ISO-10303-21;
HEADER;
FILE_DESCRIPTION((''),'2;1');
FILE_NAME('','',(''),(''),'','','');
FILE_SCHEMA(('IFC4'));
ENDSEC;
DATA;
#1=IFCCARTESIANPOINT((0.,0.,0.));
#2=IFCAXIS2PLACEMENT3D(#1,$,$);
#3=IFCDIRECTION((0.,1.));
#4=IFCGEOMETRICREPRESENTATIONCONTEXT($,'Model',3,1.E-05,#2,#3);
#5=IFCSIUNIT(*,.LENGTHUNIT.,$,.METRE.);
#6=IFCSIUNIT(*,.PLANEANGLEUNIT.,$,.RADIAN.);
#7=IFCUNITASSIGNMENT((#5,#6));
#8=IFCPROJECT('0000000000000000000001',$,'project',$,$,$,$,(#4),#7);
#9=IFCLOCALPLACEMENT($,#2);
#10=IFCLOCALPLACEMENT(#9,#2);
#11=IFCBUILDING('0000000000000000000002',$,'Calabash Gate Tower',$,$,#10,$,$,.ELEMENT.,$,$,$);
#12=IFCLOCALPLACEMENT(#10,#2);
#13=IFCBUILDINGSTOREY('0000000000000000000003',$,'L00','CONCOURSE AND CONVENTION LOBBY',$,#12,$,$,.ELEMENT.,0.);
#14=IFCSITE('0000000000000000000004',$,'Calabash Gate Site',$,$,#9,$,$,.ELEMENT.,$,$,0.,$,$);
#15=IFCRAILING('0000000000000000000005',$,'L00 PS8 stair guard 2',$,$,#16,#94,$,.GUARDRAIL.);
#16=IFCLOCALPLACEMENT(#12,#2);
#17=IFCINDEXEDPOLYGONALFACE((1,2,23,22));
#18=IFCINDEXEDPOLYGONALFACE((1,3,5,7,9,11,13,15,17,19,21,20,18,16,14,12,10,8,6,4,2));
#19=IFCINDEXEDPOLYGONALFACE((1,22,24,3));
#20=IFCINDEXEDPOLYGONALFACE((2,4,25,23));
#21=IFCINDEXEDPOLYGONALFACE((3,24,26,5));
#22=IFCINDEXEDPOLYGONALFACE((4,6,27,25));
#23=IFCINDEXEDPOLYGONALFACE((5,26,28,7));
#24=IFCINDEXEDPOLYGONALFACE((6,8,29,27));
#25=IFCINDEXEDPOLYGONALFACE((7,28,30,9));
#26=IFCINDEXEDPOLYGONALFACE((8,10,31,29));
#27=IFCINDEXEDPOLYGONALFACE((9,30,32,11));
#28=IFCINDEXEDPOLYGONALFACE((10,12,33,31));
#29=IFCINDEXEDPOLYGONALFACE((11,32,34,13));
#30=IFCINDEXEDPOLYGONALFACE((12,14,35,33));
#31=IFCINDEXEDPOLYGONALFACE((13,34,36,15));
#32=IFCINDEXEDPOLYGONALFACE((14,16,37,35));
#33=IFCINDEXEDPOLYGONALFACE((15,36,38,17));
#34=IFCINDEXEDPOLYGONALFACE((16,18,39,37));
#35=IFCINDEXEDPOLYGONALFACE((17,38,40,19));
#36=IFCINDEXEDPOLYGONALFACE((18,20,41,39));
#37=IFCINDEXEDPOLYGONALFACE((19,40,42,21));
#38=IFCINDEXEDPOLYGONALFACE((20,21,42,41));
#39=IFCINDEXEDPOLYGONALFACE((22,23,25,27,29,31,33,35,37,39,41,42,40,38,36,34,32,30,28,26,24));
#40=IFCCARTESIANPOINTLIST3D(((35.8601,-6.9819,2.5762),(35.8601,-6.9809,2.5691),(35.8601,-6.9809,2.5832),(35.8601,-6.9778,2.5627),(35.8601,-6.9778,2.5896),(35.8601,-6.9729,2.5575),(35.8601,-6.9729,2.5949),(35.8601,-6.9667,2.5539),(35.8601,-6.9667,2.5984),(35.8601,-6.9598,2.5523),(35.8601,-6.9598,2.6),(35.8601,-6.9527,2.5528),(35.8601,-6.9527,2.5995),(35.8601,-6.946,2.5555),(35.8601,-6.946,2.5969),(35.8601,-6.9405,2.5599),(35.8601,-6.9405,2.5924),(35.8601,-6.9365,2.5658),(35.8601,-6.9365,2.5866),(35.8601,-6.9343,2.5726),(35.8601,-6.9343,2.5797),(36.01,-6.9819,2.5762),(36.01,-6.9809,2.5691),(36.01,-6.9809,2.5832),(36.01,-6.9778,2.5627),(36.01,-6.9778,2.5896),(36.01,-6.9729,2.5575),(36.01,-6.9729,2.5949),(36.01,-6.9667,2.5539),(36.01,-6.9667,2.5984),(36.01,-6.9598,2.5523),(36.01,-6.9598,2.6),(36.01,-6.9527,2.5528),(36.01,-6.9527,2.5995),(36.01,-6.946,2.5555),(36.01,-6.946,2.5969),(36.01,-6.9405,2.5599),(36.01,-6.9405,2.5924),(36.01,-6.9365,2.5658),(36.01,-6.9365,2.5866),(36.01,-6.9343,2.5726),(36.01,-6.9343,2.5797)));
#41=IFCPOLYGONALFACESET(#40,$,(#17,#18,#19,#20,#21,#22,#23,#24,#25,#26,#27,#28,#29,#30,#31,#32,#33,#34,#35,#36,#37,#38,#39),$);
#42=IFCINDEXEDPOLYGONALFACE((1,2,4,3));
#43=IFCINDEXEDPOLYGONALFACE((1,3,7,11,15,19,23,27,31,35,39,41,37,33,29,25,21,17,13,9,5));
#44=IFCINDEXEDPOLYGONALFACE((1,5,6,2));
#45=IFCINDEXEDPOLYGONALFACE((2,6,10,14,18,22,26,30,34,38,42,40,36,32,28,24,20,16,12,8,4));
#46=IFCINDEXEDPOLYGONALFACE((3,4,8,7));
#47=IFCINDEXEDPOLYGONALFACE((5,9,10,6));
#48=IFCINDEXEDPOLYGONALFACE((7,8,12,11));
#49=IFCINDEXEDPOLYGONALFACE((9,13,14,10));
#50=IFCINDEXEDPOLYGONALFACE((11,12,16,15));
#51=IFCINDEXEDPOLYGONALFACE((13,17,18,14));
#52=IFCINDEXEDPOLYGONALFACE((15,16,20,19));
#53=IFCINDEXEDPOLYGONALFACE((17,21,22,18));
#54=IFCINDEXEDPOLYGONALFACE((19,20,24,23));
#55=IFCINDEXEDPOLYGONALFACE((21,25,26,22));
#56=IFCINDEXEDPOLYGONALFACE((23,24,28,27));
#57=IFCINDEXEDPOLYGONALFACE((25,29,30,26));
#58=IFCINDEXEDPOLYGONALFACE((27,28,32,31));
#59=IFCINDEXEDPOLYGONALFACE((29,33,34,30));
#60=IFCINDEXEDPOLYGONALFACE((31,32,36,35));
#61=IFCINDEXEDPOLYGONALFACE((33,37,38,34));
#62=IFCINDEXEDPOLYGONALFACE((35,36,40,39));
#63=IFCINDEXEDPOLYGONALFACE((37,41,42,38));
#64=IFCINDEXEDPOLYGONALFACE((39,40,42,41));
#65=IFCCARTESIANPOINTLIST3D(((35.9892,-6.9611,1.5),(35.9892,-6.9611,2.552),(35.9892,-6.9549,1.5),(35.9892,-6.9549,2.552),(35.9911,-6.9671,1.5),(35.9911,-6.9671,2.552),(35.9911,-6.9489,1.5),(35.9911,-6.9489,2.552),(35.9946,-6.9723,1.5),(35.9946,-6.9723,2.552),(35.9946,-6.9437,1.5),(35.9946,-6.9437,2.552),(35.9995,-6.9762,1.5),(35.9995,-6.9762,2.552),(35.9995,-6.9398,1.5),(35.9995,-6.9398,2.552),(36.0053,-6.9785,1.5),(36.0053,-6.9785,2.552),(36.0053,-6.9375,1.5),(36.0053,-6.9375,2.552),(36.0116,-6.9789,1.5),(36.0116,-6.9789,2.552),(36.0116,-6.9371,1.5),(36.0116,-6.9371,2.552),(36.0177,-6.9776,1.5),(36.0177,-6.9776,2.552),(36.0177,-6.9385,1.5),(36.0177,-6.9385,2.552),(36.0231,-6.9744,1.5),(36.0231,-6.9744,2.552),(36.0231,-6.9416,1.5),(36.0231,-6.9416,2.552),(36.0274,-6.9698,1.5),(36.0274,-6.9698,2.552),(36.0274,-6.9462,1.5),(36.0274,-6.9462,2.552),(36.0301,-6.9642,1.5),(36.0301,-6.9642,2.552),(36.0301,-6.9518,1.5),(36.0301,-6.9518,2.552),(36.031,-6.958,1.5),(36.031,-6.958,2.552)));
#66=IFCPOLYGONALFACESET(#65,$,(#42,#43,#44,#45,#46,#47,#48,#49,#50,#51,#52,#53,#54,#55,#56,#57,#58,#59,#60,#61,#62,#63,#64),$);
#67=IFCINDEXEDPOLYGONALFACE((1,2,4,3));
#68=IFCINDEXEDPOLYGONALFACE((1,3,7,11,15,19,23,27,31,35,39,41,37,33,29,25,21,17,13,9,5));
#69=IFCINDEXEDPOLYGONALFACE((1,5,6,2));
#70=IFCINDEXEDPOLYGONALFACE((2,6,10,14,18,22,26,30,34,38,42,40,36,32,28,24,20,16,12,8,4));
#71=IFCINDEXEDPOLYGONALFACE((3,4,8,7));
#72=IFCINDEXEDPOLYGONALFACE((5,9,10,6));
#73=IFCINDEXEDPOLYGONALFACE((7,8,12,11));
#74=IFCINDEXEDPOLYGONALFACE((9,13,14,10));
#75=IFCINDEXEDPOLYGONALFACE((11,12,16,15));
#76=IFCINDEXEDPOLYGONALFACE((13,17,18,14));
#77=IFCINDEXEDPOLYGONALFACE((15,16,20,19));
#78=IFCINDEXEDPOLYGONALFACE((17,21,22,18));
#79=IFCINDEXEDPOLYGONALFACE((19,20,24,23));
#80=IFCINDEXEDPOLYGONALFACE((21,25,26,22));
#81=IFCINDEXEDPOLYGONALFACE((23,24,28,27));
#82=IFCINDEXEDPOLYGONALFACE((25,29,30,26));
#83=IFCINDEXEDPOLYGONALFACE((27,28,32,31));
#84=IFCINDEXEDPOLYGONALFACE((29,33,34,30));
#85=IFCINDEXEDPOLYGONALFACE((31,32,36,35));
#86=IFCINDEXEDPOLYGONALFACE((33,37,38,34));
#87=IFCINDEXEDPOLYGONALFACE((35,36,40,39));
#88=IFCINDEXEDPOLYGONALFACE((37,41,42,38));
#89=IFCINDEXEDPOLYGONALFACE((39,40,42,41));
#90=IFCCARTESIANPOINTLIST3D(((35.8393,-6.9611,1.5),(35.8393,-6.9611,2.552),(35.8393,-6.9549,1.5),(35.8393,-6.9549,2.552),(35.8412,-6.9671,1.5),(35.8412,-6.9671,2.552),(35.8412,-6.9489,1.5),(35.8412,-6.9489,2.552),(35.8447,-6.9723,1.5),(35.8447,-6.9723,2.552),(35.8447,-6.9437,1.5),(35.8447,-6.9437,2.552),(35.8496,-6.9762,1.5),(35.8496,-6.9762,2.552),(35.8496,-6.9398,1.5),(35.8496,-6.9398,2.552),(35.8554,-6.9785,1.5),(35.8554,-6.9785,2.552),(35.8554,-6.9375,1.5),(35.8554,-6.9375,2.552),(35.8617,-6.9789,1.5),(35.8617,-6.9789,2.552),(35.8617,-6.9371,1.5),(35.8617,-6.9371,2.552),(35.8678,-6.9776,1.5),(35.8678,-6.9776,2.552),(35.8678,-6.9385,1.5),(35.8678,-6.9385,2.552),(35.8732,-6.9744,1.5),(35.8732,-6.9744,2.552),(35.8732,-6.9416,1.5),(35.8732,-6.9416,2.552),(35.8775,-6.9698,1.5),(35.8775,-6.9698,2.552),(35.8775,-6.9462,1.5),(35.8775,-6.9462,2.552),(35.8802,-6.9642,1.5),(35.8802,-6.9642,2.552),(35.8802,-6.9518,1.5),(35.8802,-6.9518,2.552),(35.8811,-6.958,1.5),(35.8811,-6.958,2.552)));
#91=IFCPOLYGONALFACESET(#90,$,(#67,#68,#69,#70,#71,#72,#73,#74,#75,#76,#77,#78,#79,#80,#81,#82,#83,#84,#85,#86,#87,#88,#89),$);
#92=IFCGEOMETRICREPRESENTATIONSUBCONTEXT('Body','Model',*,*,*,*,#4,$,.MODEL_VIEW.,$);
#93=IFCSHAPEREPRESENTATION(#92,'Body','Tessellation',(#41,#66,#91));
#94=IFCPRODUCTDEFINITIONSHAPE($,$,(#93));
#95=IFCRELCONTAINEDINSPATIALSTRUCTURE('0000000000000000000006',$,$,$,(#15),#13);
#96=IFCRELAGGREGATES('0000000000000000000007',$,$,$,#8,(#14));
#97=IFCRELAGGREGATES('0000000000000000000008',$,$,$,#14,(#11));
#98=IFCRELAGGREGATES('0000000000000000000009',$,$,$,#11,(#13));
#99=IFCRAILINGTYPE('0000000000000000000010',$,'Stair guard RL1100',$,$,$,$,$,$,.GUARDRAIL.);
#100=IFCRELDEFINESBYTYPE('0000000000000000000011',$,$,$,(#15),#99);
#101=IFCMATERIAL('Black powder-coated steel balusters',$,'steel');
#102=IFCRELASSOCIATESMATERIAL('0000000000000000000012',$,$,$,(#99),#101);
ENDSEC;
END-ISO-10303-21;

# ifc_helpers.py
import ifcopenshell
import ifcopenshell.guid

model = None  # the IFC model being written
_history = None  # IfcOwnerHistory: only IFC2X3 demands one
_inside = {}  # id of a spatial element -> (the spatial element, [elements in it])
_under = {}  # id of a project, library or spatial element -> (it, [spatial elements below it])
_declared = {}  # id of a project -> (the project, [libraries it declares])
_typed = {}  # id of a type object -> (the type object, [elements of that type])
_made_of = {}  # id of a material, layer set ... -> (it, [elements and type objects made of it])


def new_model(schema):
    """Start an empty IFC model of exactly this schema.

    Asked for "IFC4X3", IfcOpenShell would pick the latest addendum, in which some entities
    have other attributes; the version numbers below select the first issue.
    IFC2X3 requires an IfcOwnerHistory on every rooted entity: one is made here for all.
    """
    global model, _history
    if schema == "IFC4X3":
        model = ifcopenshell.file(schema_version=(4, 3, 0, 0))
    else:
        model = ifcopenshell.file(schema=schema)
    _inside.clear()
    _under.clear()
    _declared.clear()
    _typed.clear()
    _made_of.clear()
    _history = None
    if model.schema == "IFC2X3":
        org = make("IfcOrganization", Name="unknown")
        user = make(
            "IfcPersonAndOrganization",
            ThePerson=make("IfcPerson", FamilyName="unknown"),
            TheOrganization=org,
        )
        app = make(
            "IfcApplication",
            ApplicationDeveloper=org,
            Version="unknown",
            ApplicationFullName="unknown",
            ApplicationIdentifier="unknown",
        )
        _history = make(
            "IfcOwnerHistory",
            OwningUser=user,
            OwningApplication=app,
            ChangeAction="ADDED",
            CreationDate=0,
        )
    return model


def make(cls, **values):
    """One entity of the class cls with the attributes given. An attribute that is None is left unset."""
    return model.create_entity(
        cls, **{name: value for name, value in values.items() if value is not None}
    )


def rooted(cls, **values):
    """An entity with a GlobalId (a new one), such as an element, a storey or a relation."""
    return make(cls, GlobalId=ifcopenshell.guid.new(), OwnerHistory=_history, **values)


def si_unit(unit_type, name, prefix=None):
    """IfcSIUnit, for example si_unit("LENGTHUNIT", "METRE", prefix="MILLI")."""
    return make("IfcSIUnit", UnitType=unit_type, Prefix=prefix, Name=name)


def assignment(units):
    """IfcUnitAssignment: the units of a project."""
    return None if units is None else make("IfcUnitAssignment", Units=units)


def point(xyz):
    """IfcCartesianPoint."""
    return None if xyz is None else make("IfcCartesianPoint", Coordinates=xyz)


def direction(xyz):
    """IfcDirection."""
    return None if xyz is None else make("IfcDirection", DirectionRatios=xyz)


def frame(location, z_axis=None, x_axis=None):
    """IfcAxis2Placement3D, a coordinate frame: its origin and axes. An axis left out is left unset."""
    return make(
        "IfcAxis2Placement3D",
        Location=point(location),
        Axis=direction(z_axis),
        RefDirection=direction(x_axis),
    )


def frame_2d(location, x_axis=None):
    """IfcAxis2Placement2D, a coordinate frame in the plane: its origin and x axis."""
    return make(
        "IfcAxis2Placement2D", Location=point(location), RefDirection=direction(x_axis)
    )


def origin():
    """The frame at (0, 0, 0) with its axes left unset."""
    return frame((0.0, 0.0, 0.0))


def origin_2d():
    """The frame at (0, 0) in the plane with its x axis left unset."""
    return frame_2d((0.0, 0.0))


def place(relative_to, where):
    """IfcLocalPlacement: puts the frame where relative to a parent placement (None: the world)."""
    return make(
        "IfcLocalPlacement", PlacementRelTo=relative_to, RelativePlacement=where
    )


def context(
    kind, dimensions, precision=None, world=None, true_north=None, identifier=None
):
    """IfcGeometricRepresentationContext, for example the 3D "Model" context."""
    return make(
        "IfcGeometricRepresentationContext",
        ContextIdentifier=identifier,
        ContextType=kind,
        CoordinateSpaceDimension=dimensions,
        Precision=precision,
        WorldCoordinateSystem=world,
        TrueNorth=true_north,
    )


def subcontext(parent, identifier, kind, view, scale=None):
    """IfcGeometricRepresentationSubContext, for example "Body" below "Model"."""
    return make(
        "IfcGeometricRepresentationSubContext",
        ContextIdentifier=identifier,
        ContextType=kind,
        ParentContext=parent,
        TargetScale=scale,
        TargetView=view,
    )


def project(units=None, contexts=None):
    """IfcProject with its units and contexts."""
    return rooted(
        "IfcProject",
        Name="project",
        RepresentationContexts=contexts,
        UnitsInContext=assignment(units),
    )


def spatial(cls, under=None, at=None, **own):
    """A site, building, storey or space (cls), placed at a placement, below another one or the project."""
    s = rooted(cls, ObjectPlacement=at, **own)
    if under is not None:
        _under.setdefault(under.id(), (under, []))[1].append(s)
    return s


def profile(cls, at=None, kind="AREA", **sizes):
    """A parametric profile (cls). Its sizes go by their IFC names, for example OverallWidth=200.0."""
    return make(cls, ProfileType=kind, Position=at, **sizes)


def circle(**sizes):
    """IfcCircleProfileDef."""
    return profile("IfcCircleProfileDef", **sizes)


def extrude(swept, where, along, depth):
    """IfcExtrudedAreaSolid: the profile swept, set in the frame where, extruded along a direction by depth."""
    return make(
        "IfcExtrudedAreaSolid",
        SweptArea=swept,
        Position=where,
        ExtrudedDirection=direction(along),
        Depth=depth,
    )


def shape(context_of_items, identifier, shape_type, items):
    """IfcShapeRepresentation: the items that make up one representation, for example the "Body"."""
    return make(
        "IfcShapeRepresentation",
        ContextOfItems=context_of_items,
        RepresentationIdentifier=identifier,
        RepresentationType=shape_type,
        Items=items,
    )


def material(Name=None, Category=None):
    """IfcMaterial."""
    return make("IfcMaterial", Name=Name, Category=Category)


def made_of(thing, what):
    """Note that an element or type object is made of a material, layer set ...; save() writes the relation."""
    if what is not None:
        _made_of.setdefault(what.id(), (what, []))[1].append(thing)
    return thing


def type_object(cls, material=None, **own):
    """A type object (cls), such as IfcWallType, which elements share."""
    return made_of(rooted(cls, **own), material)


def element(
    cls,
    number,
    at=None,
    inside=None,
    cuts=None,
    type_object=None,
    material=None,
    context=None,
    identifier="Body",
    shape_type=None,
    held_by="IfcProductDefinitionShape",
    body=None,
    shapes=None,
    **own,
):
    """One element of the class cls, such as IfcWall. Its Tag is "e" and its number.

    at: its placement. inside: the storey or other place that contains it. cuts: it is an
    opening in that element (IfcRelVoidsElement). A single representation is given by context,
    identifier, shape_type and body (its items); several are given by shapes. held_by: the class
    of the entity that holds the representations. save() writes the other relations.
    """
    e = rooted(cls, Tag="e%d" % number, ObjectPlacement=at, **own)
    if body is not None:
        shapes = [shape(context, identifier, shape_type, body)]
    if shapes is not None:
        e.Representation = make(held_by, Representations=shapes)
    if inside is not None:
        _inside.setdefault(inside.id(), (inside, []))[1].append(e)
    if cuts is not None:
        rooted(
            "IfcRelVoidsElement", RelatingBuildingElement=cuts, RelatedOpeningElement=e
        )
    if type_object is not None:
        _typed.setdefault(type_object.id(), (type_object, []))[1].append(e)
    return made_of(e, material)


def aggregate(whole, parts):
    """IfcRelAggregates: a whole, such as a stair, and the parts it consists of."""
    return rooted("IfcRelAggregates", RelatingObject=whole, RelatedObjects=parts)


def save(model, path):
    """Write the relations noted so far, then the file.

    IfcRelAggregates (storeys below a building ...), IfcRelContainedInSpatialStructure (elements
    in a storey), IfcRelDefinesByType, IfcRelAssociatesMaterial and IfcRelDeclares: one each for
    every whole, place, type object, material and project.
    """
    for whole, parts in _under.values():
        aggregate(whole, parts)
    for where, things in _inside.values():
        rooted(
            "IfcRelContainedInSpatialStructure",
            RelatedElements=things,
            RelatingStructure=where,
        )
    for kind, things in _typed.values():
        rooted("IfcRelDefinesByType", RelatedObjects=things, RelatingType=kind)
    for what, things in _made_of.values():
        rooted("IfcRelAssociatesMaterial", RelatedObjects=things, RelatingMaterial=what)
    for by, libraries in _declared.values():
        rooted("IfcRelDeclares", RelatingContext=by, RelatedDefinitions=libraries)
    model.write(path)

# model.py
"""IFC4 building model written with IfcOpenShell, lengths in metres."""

from ifc_helpers import new_model, si_unit, direction, frame, origin, origin_2d, place, context, subcontext, project, spatial, circle, extrude, material, type_object, element, save


model = new_model("IFC4")

# Units and contexts
model_context = context("Model", 3, precision=1e-05, world=origin(), true_north=direction((0.0, 1.0)))
body_context = subcontext(model_context, "Body", "Model", "MODEL_VIEW")
ifc_project = project(units=[si_unit("LENGTHUNIT", "METRE"), si_unit("PLANEANGLEUNIT", "RADIAN")], contexts=[model_context])

# Site, building, storey
site_placement = place(None, origin())
site = spatial("IfcSite", under=ifc_project, at=site_placement, Name="Calabash Gate Site", CompositionType="ELEMENT", RefElevation=0.0)
building_placement = place(site_placement, origin())
building = spatial("IfcBuilding", under=site, at=building_placement, Name="Calabash Gate Tower", CompositionType="ELEMENT")
storey_placement = place(building_placement, origin())
storey = spatial("IfcBuildingStorey", under=building, at=storey_placement, Name="L00", Description="CONCOURSE AND CONVENTION LOBBY", CompositionType="ELEMENT", Elevation=0.0)

# Railing
ifc_material_1 = material(Name="Black powder-coated steel balusters", Category="steel")
railing_type_1 = type_object("IfcRailingType", Name="Stair guard RL1100", PredefinedType="GUARDRAIL", material=ifc_material_1)
railing_1_placement = place(storey_placement, frame((36.01, -6.958, 1.5)))
element("IfcRailing", 1, at=railing_1_placement, inside=storey, type_object=railing_type_1, Name="L00 PS8 stair guard 2", PredefinedType="GUARDRAIL", context=body_context, shape_type="SweptSolid", body=[
    extrude(circle(Radius=0.0239, at=origin_2d()), frame((0.0, 0.0, 1.0762), z_axis=(-1.0, 0.0, 0.0), x_axis=(0.0, -1.0, 0.0)), (0.0, 0.0, 1.0), 0.1499),
    extrude(circle(Radius=0.021, at=origin_2d()), origin(), (0.0, 0.0, 1.0), 1.052),
    extrude(circle(Radius=0.021, at=origin_2d()), frame((-0.1499, 0.0, 0.0)), (0.0, 0.0, 1.0), 1.052),
])

save(model, "model.ifc")
